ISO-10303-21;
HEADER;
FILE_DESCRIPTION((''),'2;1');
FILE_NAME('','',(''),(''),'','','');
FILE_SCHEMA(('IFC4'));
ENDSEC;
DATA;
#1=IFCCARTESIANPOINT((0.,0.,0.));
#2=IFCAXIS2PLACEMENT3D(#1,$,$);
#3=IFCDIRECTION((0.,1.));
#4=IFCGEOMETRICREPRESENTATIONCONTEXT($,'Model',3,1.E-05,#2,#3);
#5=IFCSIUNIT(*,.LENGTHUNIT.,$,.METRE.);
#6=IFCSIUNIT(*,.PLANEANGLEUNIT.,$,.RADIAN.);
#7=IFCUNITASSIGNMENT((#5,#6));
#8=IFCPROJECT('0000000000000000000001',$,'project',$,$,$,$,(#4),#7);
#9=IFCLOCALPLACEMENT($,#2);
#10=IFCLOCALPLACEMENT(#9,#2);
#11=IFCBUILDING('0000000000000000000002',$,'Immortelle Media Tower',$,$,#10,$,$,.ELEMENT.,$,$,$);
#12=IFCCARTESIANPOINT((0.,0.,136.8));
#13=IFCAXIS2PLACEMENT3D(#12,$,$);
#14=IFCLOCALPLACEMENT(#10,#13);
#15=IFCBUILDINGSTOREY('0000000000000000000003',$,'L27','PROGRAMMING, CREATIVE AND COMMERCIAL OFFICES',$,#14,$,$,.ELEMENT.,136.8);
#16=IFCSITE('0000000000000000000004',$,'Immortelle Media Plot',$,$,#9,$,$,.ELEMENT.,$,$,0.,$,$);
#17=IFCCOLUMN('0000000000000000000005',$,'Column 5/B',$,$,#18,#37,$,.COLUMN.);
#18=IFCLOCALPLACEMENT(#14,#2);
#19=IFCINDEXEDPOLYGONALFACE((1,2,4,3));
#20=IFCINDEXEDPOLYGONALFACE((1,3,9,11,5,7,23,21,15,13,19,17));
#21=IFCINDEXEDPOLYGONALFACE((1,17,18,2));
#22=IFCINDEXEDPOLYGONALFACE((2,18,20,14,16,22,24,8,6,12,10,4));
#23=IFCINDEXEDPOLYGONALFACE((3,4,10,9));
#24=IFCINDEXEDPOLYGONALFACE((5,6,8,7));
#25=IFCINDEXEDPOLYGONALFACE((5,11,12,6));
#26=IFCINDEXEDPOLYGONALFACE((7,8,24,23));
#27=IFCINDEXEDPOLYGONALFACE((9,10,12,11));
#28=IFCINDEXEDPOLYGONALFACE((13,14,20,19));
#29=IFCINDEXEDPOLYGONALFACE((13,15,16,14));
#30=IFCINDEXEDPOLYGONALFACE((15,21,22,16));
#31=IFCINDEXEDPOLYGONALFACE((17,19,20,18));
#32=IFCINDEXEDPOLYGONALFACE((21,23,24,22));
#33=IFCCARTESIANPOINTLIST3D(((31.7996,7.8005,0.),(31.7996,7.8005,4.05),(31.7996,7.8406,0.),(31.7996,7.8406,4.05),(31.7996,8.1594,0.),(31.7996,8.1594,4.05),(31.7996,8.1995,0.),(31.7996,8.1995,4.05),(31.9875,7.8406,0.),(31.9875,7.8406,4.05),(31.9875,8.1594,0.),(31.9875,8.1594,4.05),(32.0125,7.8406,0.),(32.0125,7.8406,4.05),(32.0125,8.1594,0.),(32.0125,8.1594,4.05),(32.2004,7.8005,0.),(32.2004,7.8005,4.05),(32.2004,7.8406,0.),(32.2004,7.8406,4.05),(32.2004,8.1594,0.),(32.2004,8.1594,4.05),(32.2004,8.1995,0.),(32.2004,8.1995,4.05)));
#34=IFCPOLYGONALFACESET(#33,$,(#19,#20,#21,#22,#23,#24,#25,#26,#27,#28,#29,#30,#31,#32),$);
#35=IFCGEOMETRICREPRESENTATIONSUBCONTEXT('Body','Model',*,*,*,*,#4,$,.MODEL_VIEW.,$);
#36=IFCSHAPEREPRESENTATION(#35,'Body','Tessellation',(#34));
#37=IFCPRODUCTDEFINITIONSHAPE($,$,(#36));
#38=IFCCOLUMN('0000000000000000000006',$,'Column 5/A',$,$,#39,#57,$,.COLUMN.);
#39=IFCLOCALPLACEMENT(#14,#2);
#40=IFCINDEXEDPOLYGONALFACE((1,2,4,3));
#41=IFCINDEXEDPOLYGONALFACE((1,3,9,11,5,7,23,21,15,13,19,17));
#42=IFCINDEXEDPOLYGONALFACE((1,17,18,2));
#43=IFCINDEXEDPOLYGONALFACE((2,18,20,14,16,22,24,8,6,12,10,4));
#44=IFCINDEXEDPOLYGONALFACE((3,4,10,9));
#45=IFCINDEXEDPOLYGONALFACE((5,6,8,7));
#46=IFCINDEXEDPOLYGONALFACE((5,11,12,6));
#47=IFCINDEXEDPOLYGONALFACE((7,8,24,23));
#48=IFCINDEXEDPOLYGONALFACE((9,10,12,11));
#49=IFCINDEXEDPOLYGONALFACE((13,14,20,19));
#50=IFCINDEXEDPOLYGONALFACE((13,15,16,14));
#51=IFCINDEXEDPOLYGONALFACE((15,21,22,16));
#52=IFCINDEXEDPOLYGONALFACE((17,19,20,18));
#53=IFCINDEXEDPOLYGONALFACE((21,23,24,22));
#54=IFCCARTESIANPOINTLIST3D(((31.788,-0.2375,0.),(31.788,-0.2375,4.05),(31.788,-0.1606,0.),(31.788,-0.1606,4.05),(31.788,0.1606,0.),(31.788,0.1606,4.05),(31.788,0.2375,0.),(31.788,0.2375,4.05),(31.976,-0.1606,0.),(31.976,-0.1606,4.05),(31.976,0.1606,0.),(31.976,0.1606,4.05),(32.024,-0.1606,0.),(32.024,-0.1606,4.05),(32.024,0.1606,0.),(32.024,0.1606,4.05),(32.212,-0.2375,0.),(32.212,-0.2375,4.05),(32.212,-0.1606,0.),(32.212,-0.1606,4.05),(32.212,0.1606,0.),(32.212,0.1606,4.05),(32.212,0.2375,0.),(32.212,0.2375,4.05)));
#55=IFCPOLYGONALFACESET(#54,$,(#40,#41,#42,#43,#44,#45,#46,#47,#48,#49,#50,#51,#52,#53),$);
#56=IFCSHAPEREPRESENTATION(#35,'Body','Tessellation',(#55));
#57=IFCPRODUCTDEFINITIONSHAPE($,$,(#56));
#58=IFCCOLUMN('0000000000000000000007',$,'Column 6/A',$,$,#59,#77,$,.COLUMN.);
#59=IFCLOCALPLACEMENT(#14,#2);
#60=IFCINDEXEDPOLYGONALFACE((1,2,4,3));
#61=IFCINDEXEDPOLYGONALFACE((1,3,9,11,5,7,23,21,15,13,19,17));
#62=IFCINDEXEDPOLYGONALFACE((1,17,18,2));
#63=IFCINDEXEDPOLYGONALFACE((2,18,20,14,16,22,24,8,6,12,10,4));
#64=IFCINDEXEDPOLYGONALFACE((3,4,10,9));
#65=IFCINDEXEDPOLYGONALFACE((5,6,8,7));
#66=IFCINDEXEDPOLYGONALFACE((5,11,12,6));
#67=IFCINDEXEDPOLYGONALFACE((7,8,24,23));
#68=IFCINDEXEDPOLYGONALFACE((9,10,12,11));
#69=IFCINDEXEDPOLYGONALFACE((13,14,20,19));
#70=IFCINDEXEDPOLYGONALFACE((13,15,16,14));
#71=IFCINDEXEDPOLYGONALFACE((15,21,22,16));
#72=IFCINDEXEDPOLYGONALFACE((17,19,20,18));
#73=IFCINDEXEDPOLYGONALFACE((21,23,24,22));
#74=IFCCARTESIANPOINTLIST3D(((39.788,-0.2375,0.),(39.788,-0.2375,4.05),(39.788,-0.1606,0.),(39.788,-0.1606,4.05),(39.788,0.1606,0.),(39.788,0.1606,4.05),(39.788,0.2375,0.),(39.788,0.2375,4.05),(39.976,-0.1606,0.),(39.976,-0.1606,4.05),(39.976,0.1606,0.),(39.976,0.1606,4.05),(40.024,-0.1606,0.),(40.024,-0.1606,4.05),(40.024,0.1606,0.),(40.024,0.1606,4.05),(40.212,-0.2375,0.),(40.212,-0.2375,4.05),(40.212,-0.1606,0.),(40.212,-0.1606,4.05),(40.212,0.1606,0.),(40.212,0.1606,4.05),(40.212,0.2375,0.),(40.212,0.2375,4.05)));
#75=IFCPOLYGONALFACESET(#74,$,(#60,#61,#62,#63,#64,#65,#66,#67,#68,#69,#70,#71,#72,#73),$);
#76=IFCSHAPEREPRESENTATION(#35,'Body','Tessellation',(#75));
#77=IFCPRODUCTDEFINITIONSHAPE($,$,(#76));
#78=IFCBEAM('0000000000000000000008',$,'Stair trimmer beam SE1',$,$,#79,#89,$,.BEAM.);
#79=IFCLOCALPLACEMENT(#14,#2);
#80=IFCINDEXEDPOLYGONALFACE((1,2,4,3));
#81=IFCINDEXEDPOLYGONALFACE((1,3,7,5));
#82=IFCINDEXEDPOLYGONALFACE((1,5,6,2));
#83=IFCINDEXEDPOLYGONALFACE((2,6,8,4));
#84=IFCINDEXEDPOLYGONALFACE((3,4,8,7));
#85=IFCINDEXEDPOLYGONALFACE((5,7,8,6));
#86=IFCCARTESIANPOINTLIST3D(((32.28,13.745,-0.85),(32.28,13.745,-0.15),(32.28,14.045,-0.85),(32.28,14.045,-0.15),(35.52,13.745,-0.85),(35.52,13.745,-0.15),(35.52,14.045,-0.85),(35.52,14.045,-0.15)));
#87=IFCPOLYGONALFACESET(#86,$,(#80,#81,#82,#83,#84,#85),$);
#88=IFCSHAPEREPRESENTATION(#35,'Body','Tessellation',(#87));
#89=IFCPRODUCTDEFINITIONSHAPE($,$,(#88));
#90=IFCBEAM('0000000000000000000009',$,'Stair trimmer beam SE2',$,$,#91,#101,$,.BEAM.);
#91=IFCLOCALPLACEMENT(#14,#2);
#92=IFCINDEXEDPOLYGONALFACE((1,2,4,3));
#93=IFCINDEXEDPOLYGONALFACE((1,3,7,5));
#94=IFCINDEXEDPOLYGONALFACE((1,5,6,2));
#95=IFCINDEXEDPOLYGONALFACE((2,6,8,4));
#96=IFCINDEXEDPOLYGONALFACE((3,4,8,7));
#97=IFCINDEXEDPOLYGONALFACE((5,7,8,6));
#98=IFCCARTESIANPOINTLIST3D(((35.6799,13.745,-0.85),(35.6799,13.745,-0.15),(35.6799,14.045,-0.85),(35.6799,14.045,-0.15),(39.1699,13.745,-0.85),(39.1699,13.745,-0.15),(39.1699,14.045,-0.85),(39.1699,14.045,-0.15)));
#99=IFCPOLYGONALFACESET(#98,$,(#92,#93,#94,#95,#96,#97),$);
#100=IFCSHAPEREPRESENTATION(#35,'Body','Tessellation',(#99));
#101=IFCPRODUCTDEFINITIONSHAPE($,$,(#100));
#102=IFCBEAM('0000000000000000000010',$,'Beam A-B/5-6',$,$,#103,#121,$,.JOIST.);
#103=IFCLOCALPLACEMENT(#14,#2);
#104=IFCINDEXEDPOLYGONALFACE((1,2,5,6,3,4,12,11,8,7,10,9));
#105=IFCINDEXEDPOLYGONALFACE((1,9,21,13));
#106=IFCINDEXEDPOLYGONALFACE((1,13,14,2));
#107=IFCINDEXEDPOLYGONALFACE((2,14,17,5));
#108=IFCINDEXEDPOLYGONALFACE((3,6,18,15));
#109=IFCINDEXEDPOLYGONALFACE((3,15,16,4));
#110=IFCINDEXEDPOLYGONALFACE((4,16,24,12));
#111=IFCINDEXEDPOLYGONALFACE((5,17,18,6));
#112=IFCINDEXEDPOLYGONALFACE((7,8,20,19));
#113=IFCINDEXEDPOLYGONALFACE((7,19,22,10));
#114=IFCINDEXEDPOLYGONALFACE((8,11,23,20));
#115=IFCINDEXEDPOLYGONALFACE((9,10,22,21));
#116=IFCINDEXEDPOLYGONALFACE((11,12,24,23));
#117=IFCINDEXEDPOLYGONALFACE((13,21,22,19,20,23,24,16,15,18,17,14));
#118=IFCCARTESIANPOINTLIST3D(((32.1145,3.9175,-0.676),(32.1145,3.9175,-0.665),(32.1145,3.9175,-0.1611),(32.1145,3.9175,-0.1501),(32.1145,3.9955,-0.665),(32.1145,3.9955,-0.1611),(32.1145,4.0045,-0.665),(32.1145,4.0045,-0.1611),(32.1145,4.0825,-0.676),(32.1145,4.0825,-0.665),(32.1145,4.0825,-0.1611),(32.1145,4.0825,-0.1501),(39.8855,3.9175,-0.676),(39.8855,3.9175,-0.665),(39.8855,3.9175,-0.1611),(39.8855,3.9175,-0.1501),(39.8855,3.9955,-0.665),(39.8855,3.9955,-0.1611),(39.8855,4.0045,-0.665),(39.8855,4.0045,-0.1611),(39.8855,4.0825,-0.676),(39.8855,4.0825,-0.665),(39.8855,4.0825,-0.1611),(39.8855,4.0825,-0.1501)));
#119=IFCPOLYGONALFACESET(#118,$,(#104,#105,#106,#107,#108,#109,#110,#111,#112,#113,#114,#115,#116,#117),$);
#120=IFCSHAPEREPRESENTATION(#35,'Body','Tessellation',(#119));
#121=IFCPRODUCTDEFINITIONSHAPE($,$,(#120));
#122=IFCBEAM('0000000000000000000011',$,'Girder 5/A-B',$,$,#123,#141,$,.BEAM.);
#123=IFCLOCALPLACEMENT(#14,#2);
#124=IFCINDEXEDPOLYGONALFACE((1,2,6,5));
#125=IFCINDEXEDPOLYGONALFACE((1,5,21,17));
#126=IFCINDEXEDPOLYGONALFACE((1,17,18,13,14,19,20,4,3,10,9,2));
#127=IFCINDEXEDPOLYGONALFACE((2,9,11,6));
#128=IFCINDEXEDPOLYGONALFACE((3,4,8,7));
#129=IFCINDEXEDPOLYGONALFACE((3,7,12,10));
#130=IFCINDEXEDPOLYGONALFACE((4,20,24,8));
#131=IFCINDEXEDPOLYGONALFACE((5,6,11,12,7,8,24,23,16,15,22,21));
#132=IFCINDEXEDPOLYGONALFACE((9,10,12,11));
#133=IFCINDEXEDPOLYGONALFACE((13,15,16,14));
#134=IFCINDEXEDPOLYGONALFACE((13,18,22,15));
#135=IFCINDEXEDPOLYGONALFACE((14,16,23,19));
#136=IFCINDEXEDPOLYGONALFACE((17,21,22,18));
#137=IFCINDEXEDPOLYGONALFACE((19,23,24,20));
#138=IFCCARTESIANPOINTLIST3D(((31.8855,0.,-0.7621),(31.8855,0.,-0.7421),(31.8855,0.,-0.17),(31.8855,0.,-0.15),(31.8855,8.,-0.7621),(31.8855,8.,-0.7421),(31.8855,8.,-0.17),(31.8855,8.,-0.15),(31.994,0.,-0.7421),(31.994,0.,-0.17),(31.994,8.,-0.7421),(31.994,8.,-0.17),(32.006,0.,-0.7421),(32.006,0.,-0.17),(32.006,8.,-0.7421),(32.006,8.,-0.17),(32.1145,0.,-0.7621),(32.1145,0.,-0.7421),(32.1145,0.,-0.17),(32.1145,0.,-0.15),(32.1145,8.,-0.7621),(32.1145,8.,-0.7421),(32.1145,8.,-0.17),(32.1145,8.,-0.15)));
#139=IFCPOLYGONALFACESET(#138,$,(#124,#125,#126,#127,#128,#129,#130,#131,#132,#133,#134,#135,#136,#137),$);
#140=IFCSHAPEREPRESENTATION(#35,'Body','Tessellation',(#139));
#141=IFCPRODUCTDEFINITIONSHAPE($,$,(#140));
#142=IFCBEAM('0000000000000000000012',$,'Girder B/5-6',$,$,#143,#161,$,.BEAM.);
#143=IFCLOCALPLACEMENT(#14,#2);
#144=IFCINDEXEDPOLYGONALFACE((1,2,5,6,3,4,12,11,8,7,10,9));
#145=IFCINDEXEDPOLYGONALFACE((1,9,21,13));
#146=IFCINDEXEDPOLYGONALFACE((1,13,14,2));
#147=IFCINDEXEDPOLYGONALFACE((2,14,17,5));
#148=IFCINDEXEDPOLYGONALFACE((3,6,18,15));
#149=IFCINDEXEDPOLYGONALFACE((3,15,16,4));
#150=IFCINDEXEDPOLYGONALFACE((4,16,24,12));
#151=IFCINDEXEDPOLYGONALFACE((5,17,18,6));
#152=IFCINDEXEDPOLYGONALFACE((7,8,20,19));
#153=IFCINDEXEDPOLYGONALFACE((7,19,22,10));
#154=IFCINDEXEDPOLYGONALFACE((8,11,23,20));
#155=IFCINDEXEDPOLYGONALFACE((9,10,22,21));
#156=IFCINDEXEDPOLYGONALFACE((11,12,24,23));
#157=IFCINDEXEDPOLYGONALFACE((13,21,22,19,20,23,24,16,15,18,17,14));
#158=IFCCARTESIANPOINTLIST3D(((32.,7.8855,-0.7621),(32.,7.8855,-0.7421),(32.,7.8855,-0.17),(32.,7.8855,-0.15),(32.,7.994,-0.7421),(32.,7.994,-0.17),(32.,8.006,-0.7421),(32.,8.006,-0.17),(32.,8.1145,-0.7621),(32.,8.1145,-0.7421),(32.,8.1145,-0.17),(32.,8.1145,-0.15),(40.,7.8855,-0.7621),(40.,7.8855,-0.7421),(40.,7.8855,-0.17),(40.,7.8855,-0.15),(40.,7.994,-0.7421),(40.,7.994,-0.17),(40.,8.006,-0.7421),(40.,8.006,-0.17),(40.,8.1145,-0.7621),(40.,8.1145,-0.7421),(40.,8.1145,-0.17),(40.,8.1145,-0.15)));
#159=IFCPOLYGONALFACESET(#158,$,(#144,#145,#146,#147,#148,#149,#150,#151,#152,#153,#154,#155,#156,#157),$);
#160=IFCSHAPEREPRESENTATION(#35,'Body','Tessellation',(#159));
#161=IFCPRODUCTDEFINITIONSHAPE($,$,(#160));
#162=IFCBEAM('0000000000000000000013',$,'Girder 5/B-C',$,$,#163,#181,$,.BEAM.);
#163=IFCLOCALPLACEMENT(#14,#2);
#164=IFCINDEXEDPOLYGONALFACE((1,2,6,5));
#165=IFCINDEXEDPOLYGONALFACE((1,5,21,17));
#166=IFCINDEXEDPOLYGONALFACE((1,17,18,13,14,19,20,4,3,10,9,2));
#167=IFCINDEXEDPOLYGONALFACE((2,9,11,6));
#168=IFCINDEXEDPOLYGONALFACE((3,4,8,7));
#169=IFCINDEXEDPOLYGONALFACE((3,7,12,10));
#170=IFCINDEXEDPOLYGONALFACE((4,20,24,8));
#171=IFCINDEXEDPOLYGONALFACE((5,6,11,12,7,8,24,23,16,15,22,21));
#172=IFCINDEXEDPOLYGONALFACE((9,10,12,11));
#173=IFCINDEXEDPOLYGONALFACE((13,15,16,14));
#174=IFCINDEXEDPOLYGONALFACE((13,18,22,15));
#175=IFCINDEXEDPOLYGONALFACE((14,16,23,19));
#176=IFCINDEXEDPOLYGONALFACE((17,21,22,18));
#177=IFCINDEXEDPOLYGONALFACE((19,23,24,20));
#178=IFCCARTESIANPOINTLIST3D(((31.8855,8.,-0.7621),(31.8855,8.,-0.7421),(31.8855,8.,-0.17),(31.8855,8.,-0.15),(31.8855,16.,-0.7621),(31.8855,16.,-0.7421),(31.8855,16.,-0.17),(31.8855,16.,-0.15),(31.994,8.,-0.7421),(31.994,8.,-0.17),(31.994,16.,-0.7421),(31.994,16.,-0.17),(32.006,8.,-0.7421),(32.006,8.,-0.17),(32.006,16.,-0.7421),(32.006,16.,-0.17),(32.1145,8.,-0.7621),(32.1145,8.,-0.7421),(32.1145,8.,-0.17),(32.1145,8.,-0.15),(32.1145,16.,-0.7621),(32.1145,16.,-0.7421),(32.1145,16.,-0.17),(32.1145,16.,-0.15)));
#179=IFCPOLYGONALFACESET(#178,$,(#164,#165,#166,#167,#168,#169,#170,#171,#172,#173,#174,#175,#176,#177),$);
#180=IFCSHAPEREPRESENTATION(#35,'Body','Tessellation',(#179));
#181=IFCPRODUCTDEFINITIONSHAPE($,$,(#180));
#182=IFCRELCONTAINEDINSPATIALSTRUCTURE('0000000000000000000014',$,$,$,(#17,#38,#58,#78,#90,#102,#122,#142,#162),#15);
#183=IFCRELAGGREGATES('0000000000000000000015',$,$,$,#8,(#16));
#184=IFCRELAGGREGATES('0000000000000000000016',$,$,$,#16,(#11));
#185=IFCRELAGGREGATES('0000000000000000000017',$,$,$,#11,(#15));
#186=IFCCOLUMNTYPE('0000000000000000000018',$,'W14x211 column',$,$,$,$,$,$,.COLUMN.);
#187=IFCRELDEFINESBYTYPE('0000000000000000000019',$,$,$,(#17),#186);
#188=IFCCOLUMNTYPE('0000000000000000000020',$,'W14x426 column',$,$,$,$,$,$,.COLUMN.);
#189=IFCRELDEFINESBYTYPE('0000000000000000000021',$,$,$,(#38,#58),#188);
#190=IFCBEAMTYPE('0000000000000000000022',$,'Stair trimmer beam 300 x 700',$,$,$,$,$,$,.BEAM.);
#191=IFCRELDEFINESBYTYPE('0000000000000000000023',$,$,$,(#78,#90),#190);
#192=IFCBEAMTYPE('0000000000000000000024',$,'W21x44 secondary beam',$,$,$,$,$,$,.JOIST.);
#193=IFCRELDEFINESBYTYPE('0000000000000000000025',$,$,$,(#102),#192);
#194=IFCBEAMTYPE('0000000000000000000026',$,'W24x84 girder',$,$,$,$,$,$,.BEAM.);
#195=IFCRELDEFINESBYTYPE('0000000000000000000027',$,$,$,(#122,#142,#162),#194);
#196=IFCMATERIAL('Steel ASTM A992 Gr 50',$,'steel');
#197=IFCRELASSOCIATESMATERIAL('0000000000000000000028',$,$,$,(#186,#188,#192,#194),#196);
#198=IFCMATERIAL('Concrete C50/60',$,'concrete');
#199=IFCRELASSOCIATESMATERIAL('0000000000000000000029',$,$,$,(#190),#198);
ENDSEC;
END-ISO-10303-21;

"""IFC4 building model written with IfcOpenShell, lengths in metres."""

from ifc_helpers import new_model, si_unit, direction, frame, origin, origin_2d, place, context, subcontext, project, spatial, rectangle, i_section, extrude, material, material_profile, profile_set, type_object, element, save


model = new_model("IFC4")

# Units and contexts
model_context = context("Model", 3, precision=1e-05, world=origin(), true_north=direction((0.0, 1.0)))
body_context = subcontext(model_context, "Body", "Model", "MODEL_VIEW")
ifc_project = project(units=[si_unit("LENGTHUNIT", "METRE"), si_unit("PLANEANGLEUNIT", "RADIAN")], contexts=[model_context])

# Site, building, storey
site_placement = place(None, origin())
site = spatial("IfcSite", under=ifc_project, at=site_placement, Name="Immortelle Media Plot", CompositionType="ELEMENT", RefElevation=0.0)
building_placement = place(site_placement, origin())
building = spatial("IfcBuilding", under=site, at=building_placement, Name="Immortelle Media Tower", CompositionType="ELEMENT")
storey_placement = place(building_placement, frame((0.0, 0.0, 136.8)))
storey = spatial("IfcBuildingStorey", under=building, at=storey_placement, Name="L27", Description="PROGRAMMING, CREATIVE AND COMMERCIAL OFFICES", CompositionType="ELEMENT", Elevation=136.8)

# Columns
ifc_material_1 = material(Name="Steel ASTM A992 Gr 50", Category="steel")
ifc_material_profile_1 = material_profile(ifc_material_1, i_section(OverallWidth=0.4009, OverallDepth=0.3989, WebThickness=0.0249, FlangeThickness=0.04, at=origin_2d()), Name="W14x211")
ifc_profile_set_1 = profile_set([ifc_material_profile_1], Name="Steel ASTM A992 Gr 50")
column_type_1 = type_object("IfcColumnType", Name="W14x211 column", PredefinedType="COLUMN", material=ifc_profile_set_1)
column_placement = place(storey_placement, frame((32.0, 8.0, 0.0), z_axis=(0.0, 0.0, 1.0), x_axis=(1.0, 0.0, 0.0)))
element("IfcColumn", 1, at=column_placement, inside=storey, type_object=column_type_1, Name="Column 5/B", PredefinedType="COLUMN", context=body_context, shape_type="SweptSolid", body=[
    extrude(i_section(OverallWidth=0.4009, OverallDepth=0.3989, WebThickness=0.0249, FlangeThickness=0.04, at=origin_2d()), origin(), (0.0, 0.0, 1.0), 4.05),
])
ifc_material_profile_2 = material_profile(ifc_material_1, i_section(OverallWidth=0.4241, OverallDepth=0.4751, WebThickness=0.0481, FlangeThickness=0.0769, at=origin_2d()), Name="W14x426")
ifc_profile_set_2 = profile_set([ifc_material_profile_2], Name="Steel ASTM A992 Gr 50")
column_type_2 = type_object("IfcColumnType", Name="W14x426 column", PredefinedType="COLUMN", material=ifc_profile_set_2)
for number, where, z_axis, x_axis, name in (
    (2, (32.0, 0.0, 0.0), (0.0, 0.0, 1.0), (1.0, 0.0, 0.0), "Column 5/A"),
    (3, (40.0, 0.0, 0.0), (0.0, 0.0, 1.0), (1.0, 0.0, 0.0), "Column 6/A"),
):
    element("IfcColumn", number, at=place(storey_placement, frame(where, z_axis=z_axis, x_axis=x_axis)), inside=storey, type_object=column_type_2, Name=name, PredefinedType="COLUMN", context=body_context, shape_type="SweptSolid", body=[
        extrude(i_section(OverallWidth=0.4241, OverallDepth=0.4751, WebThickness=0.0481, FlangeThickness=0.0769, at=origin_2d()), origin(), (0.0, 0.0, 1.0), 4.05),
    ])

# Beams
ifc_material_2 = material(Name="Concrete C50/60", Category="concrete")
ifc_material_profile_3 = material_profile(ifc_material_2, rectangle(XDim=0.3, YDim=0.7, at=origin_2d()), Name="RC 300x700")
ifc_profile_set_3 = profile_set([ifc_material_profile_3], Name="Concrete C50/60")
beam_type_1 = type_object("IfcBeamType", Name="Stair trimmer beam 300 x 700", PredefinedType="BEAM", material=ifc_profile_set_3)
beam_1_placement = place(storey_placement, frame((32.28, 13.895, -0.5), z_axis=(1.0, 0.0, 0.0), x_axis=(0.0, 1.0, 0.0)))
element("IfcBeam", 4, at=beam_1_placement, inside=storey, type_object=beam_type_1, Name="Stair trimmer beam SE1", PredefinedType="BEAM", context=body_context, shape_type="SweptSolid", body=[
    extrude(rectangle(XDim=0.3, YDim=0.7, at=origin_2d()), origin(), (0.0, 0.0, 1.0), 3.24),
])
beam_2_placement = place(storey_placement, frame((35.6799, 13.895, -0.5), z_axis=(1.0, 0.0, 0.0), x_axis=(0.0, 1.0, 0.0)))
element("IfcBeam", 5, at=beam_2_placement, inside=storey, type_object=beam_type_1, Name="Stair trimmer beam SE2", PredefinedType="BEAM", context=body_context, shape_type="SweptSolid", body=[
    extrude(rectangle(XDim=0.3, YDim=0.7, at=origin_2d()), origin(), (0.0, 0.0, 1.0), 3.49),
])
ifc_material_profile_4 = material_profile(ifc_material_1, i_section(OverallWidth=0.165, OverallDepth=0.5259, WebThickness=0.009, FlangeThickness=0.011, at=origin_2d()), Name="W21x44")
ifc_profile_set_4 = profile_set([ifc_material_profile_4], Name="Steel ASTM A992 Gr 50")
beam_type_2 = type_object("IfcBeamType", Name="W21x44 secondary beam", PredefinedType="JOIST", material=ifc_profile_set_4)
beam_3_placement = place(storey_placement, frame((32.1145, 4.0, -0.4131), z_axis=(1.0, 0.0, 0.0), x_axis=(0.0, 1.0, 0.0)))
element("IfcBeam", 6, at=beam_3_placement, inside=storey, type_object=beam_type_2, Name="Beam A-B/5-6", PredefinedType="JOIST", context=body_context, shape_type="SweptSolid", body=[
    extrude(i_section(OverallWidth=0.165, OverallDepth=0.5259, WebThickness=0.009, FlangeThickness=0.011, at=origin_2d()), origin(), (0.0, 0.0, 1.0), 7.771),
])
ifc_material_profile_5 = material_profile(ifc_material_1, i_section(OverallWidth=0.229, OverallDepth=0.6121, WebThickness=0.012, FlangeThickness=0.02, at=origin_2d()), Name="W24x84")
ifc_profile_set_5 = profile_set([ifc_material_profile_5], Name="Steel ASTM A992 Gr 50")
beam_type_3 = type_object("IfcBeamType", Name="W24x84 girder", PredefinedType="BEAM", material=ifc_profile_set_5)
for number, where, z_axis, x_axis, name in (
    (7, (32.0, 0.0, -0.4561), (0.0, 1.0, 0.0), (-1.0, 0.0, 0.0), "Girder 5/A-B"),
    (8, (32.0, 8.0, -0.4561), (1.0, 0.0, 0.0), (0.0, 1.0, 0.0), "Girder B/5-6"),
    (9, (32.0, 8.0, -0.4561), (0.0, 1.0, 0.0), (-1.0, 0.0, 0.0), "Girder 5/B-C"),
):
    element("IfcBeam", number, at=place(storey_placement, frame(where, z_axis=z_axis, x_axis=x_axis)), inside=storey, type_object=beam_type_3, Name=name, PredefinedType="BEAM", context=body_context, shape_type="SweptSolid", body=[
        extrude(i_section(OverallWidth=0.229, OverallDepth=0.6121, WebThickness=0.012, FlangeThickness=0.02, at=origin_2d()), origin(), (0.0, 0.0, 1.0), 8.0),
    ])

save(model, "model.ifc")
